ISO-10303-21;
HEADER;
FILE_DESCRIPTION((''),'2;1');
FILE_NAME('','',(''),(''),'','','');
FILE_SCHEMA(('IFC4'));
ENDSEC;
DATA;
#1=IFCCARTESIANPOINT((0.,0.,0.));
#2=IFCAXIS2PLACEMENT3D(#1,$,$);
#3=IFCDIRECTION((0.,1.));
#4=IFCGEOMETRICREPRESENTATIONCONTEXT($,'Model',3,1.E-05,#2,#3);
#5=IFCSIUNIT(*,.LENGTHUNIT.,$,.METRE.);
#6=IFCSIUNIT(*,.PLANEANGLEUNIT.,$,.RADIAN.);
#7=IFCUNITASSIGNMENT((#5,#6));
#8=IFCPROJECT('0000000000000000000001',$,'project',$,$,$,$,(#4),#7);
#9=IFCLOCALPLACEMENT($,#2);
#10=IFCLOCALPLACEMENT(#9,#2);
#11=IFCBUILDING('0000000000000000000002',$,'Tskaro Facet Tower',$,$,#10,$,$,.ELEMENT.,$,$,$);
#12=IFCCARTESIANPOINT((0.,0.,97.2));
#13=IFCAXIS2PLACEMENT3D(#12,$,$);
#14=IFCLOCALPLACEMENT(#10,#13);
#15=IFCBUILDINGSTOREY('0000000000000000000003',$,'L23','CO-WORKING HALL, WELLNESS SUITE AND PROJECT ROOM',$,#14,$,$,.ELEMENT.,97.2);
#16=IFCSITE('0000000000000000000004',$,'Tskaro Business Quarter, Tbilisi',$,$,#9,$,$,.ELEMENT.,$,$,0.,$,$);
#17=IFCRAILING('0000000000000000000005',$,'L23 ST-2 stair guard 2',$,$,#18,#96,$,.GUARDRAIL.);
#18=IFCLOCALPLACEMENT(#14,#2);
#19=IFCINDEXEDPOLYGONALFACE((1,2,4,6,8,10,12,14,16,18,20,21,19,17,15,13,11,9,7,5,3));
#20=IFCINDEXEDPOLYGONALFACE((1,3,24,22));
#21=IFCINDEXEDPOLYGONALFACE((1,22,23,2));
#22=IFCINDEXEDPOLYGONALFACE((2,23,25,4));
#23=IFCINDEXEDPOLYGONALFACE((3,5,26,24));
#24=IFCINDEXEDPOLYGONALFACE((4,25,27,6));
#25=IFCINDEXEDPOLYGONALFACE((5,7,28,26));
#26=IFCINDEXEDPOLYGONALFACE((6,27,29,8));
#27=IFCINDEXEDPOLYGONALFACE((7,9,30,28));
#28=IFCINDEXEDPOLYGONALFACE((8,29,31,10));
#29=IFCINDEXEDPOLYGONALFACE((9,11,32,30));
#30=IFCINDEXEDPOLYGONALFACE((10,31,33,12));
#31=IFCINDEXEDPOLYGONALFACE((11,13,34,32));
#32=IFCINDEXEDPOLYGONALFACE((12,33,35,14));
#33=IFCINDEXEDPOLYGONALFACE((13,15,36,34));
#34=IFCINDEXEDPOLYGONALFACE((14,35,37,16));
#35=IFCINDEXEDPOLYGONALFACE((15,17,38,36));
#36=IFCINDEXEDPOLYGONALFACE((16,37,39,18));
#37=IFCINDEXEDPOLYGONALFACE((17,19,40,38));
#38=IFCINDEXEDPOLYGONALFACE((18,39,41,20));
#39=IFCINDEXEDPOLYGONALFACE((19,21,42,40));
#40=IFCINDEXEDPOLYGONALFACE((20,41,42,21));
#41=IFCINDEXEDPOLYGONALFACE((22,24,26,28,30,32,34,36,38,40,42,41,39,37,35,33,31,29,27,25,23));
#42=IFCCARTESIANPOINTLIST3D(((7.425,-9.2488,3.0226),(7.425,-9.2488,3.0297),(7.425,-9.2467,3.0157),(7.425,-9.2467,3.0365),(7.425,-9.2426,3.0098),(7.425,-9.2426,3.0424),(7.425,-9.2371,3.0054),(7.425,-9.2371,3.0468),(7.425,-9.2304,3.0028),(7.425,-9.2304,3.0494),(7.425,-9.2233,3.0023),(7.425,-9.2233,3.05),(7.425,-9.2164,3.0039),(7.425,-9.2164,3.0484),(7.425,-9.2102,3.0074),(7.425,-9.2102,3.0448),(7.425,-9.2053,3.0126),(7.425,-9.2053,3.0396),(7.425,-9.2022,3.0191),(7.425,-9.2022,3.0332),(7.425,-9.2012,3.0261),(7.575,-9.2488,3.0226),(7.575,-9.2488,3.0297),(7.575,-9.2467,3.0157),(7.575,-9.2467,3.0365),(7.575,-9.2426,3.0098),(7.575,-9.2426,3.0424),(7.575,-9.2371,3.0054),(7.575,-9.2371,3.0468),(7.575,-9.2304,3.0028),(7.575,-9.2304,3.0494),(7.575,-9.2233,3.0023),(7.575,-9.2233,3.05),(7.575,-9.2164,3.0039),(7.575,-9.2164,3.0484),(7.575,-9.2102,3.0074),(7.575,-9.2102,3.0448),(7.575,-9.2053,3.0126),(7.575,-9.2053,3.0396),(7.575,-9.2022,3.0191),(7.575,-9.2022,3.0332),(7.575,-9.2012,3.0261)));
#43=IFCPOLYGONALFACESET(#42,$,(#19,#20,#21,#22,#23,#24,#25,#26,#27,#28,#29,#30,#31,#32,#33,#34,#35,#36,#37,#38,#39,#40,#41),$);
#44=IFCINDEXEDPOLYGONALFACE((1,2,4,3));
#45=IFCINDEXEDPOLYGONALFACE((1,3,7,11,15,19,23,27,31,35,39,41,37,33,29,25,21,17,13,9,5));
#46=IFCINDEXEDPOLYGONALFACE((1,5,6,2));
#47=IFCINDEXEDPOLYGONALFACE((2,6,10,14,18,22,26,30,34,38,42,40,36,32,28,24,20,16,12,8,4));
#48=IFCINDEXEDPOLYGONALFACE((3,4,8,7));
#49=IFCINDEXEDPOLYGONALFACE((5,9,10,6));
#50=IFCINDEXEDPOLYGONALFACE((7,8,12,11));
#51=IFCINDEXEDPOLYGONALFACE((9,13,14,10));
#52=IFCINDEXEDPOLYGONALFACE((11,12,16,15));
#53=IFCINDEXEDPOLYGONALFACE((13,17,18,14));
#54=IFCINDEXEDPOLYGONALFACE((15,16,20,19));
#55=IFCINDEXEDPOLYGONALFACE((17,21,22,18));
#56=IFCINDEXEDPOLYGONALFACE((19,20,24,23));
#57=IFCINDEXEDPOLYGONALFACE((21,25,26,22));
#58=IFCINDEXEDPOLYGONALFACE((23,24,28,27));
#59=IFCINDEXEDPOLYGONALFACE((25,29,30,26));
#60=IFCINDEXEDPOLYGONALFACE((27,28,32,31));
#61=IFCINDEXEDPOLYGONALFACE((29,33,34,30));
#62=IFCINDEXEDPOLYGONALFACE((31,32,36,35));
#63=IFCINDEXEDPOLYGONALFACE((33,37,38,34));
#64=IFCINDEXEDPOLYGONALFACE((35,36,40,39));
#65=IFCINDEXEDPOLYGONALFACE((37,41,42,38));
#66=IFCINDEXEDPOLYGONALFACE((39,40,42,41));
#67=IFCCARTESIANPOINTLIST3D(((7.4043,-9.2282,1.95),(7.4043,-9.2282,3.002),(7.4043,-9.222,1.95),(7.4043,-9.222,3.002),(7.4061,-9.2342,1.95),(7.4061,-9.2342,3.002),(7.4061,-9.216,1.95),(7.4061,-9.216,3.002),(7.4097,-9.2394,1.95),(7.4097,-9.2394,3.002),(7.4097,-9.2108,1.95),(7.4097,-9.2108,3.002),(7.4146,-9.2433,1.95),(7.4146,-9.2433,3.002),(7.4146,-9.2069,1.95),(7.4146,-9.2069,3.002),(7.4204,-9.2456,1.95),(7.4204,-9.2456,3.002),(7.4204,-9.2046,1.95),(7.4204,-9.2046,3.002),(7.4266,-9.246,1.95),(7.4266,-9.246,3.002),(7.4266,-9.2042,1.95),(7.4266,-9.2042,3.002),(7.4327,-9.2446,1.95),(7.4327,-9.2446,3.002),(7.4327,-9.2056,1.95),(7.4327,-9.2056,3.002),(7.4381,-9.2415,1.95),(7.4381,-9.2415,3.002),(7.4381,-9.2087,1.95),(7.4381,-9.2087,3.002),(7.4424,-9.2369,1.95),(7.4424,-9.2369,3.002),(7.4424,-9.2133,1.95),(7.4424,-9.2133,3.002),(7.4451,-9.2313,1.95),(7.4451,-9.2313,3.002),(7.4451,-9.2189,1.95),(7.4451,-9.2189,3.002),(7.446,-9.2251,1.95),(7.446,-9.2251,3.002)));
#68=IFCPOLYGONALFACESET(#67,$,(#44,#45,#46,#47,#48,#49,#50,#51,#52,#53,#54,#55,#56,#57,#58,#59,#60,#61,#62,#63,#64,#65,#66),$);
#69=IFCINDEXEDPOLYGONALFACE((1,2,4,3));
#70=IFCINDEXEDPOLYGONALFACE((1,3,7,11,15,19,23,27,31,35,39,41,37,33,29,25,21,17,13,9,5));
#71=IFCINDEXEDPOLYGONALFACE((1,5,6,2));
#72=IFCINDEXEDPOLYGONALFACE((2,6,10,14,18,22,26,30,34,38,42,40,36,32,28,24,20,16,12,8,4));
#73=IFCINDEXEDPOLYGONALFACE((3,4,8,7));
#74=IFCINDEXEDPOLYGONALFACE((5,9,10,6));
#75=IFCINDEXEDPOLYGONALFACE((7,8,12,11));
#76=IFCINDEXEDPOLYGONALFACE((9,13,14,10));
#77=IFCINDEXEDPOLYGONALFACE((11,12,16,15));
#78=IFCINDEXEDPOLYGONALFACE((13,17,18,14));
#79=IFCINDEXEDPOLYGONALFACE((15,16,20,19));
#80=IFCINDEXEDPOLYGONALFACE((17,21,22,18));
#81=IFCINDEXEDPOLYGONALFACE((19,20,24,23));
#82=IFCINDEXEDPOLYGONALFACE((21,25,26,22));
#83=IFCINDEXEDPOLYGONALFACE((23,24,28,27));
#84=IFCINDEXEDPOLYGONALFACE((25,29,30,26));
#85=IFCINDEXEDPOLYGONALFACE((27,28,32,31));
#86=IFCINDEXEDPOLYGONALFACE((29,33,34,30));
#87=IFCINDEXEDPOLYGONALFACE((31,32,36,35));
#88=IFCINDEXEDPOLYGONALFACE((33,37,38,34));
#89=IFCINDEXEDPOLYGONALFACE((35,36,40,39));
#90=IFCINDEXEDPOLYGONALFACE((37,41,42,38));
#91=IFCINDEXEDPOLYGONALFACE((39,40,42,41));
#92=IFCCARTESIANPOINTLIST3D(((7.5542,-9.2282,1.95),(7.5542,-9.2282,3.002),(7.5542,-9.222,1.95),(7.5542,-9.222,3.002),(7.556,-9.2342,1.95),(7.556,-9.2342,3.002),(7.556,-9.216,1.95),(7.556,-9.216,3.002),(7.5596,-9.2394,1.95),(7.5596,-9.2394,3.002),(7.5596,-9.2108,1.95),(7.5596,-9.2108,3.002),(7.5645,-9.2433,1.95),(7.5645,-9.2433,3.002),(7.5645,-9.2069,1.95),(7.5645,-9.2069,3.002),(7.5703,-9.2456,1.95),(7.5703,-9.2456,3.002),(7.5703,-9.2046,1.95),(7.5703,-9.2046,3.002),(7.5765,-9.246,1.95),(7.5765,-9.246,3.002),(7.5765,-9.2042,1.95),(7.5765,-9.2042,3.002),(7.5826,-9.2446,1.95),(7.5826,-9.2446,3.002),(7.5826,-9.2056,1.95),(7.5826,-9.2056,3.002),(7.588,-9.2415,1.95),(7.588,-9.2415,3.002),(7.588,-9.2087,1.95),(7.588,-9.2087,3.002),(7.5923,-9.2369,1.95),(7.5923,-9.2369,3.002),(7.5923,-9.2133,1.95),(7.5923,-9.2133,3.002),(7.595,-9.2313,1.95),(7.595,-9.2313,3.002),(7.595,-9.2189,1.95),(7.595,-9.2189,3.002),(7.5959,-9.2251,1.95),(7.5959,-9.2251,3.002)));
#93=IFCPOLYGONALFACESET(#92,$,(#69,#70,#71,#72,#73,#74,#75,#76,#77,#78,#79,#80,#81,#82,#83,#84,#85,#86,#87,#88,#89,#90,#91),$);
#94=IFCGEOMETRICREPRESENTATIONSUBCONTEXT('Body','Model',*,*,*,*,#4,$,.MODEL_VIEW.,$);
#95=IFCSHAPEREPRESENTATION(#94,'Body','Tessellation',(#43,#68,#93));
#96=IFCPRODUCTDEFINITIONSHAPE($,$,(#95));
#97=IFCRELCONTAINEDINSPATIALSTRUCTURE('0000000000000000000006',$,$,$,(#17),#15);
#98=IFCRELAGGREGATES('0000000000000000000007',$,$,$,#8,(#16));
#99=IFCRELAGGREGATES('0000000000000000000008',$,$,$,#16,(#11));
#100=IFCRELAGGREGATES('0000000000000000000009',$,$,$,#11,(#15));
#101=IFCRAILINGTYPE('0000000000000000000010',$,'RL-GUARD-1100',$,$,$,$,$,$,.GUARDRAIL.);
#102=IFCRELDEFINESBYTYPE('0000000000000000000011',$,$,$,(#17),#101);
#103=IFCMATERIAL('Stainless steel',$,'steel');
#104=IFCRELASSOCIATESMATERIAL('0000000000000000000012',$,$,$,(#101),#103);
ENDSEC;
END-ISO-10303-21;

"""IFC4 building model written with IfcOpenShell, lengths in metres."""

from ifc_helpers import new_model, si_unit, direction, frame, origin, origin_2d, place, context, subcontext, project, spatial, circle, extrude, material, type_object, element, save


model = new_model("IFC4")

# Units and contexts
model_context = context("Model", 3, precision=1e-05, world=origin(), true_north=direction((0.0, 1.0)))
body_context = subcontext(model_context, "Body", "Model", "MODEL_VIEW")
ifc_project = project(units=[si_unit("LENGTHUNIT", "METRE"), si_unit("PLANEANGLEUNIT", "RADIAN")], contexts=[model_context])

# Site, building, storey
site_placement = place(None, origin())
site = spatial("IfcSite", under=ifc_project, at=site_placement, Name="Tskaro Business Quarter, Tbilisi", CompositionType="ELEMENT", RefElevation=0.0)
building_placement = place(site_placement, origin())
building = spatial("IfcBuilding", under=site, at=building_placement, Name="Tskaro Facet Tower", CompositionType="ELEMENT")
storey_placement = place(building_placement, frame((0.0, 0.0, 97.2)))
storey = spatial("IfcBuildingStorey", under=building, at=storey_placement, Name="L23", Description="CO-WORKING HALL, WELLNESS SUITE AND PROJECT ROOM", CompositionType="ELEMENT", Elevation=97.2)

# Shared definitions
ifc_material_1 = material(Name="Stainless steel", Category="steel")

# Railing
railing_type_1 = type_object("IfcRailingType", Name="RL-GUARD-1100", PredefinedType="GUARDRAIL", material=ifc_material_1)
railing_1_placement = place(storey_placement, frame((7.425, -9.2251, 1.95)))
element("IfcRailing", 1, at=railing_1_placement, inside=storey, type_object=railing_type_1, Name="L23 ST-2 stair guard 2", PredefinedType="GUARDRAIL", context=body_context, shape_type="SweptSolid", body=[
    extrude(circle(Radius=0.0239, at=origin_2d()), frame((0.0, 0.0, 1.0762), z_axis=(1.0, 0.0, 0.0), x_axis=(0.0, 1.0, 0.0)), (0.0, 0.0, 1.0), 0.1499),
    extrude(circle(Radius=0.021, at=origin_2d()), origin(), (0.0, 0.0, 1.0), 1.052),
    extrude(circle(Radius=0.021, at=origin_2d()), frame((0.1499, 0.0, 0.0)), (0.0, 0.0, 1.0), 1.052),
])

save(model, "model.ifc")
